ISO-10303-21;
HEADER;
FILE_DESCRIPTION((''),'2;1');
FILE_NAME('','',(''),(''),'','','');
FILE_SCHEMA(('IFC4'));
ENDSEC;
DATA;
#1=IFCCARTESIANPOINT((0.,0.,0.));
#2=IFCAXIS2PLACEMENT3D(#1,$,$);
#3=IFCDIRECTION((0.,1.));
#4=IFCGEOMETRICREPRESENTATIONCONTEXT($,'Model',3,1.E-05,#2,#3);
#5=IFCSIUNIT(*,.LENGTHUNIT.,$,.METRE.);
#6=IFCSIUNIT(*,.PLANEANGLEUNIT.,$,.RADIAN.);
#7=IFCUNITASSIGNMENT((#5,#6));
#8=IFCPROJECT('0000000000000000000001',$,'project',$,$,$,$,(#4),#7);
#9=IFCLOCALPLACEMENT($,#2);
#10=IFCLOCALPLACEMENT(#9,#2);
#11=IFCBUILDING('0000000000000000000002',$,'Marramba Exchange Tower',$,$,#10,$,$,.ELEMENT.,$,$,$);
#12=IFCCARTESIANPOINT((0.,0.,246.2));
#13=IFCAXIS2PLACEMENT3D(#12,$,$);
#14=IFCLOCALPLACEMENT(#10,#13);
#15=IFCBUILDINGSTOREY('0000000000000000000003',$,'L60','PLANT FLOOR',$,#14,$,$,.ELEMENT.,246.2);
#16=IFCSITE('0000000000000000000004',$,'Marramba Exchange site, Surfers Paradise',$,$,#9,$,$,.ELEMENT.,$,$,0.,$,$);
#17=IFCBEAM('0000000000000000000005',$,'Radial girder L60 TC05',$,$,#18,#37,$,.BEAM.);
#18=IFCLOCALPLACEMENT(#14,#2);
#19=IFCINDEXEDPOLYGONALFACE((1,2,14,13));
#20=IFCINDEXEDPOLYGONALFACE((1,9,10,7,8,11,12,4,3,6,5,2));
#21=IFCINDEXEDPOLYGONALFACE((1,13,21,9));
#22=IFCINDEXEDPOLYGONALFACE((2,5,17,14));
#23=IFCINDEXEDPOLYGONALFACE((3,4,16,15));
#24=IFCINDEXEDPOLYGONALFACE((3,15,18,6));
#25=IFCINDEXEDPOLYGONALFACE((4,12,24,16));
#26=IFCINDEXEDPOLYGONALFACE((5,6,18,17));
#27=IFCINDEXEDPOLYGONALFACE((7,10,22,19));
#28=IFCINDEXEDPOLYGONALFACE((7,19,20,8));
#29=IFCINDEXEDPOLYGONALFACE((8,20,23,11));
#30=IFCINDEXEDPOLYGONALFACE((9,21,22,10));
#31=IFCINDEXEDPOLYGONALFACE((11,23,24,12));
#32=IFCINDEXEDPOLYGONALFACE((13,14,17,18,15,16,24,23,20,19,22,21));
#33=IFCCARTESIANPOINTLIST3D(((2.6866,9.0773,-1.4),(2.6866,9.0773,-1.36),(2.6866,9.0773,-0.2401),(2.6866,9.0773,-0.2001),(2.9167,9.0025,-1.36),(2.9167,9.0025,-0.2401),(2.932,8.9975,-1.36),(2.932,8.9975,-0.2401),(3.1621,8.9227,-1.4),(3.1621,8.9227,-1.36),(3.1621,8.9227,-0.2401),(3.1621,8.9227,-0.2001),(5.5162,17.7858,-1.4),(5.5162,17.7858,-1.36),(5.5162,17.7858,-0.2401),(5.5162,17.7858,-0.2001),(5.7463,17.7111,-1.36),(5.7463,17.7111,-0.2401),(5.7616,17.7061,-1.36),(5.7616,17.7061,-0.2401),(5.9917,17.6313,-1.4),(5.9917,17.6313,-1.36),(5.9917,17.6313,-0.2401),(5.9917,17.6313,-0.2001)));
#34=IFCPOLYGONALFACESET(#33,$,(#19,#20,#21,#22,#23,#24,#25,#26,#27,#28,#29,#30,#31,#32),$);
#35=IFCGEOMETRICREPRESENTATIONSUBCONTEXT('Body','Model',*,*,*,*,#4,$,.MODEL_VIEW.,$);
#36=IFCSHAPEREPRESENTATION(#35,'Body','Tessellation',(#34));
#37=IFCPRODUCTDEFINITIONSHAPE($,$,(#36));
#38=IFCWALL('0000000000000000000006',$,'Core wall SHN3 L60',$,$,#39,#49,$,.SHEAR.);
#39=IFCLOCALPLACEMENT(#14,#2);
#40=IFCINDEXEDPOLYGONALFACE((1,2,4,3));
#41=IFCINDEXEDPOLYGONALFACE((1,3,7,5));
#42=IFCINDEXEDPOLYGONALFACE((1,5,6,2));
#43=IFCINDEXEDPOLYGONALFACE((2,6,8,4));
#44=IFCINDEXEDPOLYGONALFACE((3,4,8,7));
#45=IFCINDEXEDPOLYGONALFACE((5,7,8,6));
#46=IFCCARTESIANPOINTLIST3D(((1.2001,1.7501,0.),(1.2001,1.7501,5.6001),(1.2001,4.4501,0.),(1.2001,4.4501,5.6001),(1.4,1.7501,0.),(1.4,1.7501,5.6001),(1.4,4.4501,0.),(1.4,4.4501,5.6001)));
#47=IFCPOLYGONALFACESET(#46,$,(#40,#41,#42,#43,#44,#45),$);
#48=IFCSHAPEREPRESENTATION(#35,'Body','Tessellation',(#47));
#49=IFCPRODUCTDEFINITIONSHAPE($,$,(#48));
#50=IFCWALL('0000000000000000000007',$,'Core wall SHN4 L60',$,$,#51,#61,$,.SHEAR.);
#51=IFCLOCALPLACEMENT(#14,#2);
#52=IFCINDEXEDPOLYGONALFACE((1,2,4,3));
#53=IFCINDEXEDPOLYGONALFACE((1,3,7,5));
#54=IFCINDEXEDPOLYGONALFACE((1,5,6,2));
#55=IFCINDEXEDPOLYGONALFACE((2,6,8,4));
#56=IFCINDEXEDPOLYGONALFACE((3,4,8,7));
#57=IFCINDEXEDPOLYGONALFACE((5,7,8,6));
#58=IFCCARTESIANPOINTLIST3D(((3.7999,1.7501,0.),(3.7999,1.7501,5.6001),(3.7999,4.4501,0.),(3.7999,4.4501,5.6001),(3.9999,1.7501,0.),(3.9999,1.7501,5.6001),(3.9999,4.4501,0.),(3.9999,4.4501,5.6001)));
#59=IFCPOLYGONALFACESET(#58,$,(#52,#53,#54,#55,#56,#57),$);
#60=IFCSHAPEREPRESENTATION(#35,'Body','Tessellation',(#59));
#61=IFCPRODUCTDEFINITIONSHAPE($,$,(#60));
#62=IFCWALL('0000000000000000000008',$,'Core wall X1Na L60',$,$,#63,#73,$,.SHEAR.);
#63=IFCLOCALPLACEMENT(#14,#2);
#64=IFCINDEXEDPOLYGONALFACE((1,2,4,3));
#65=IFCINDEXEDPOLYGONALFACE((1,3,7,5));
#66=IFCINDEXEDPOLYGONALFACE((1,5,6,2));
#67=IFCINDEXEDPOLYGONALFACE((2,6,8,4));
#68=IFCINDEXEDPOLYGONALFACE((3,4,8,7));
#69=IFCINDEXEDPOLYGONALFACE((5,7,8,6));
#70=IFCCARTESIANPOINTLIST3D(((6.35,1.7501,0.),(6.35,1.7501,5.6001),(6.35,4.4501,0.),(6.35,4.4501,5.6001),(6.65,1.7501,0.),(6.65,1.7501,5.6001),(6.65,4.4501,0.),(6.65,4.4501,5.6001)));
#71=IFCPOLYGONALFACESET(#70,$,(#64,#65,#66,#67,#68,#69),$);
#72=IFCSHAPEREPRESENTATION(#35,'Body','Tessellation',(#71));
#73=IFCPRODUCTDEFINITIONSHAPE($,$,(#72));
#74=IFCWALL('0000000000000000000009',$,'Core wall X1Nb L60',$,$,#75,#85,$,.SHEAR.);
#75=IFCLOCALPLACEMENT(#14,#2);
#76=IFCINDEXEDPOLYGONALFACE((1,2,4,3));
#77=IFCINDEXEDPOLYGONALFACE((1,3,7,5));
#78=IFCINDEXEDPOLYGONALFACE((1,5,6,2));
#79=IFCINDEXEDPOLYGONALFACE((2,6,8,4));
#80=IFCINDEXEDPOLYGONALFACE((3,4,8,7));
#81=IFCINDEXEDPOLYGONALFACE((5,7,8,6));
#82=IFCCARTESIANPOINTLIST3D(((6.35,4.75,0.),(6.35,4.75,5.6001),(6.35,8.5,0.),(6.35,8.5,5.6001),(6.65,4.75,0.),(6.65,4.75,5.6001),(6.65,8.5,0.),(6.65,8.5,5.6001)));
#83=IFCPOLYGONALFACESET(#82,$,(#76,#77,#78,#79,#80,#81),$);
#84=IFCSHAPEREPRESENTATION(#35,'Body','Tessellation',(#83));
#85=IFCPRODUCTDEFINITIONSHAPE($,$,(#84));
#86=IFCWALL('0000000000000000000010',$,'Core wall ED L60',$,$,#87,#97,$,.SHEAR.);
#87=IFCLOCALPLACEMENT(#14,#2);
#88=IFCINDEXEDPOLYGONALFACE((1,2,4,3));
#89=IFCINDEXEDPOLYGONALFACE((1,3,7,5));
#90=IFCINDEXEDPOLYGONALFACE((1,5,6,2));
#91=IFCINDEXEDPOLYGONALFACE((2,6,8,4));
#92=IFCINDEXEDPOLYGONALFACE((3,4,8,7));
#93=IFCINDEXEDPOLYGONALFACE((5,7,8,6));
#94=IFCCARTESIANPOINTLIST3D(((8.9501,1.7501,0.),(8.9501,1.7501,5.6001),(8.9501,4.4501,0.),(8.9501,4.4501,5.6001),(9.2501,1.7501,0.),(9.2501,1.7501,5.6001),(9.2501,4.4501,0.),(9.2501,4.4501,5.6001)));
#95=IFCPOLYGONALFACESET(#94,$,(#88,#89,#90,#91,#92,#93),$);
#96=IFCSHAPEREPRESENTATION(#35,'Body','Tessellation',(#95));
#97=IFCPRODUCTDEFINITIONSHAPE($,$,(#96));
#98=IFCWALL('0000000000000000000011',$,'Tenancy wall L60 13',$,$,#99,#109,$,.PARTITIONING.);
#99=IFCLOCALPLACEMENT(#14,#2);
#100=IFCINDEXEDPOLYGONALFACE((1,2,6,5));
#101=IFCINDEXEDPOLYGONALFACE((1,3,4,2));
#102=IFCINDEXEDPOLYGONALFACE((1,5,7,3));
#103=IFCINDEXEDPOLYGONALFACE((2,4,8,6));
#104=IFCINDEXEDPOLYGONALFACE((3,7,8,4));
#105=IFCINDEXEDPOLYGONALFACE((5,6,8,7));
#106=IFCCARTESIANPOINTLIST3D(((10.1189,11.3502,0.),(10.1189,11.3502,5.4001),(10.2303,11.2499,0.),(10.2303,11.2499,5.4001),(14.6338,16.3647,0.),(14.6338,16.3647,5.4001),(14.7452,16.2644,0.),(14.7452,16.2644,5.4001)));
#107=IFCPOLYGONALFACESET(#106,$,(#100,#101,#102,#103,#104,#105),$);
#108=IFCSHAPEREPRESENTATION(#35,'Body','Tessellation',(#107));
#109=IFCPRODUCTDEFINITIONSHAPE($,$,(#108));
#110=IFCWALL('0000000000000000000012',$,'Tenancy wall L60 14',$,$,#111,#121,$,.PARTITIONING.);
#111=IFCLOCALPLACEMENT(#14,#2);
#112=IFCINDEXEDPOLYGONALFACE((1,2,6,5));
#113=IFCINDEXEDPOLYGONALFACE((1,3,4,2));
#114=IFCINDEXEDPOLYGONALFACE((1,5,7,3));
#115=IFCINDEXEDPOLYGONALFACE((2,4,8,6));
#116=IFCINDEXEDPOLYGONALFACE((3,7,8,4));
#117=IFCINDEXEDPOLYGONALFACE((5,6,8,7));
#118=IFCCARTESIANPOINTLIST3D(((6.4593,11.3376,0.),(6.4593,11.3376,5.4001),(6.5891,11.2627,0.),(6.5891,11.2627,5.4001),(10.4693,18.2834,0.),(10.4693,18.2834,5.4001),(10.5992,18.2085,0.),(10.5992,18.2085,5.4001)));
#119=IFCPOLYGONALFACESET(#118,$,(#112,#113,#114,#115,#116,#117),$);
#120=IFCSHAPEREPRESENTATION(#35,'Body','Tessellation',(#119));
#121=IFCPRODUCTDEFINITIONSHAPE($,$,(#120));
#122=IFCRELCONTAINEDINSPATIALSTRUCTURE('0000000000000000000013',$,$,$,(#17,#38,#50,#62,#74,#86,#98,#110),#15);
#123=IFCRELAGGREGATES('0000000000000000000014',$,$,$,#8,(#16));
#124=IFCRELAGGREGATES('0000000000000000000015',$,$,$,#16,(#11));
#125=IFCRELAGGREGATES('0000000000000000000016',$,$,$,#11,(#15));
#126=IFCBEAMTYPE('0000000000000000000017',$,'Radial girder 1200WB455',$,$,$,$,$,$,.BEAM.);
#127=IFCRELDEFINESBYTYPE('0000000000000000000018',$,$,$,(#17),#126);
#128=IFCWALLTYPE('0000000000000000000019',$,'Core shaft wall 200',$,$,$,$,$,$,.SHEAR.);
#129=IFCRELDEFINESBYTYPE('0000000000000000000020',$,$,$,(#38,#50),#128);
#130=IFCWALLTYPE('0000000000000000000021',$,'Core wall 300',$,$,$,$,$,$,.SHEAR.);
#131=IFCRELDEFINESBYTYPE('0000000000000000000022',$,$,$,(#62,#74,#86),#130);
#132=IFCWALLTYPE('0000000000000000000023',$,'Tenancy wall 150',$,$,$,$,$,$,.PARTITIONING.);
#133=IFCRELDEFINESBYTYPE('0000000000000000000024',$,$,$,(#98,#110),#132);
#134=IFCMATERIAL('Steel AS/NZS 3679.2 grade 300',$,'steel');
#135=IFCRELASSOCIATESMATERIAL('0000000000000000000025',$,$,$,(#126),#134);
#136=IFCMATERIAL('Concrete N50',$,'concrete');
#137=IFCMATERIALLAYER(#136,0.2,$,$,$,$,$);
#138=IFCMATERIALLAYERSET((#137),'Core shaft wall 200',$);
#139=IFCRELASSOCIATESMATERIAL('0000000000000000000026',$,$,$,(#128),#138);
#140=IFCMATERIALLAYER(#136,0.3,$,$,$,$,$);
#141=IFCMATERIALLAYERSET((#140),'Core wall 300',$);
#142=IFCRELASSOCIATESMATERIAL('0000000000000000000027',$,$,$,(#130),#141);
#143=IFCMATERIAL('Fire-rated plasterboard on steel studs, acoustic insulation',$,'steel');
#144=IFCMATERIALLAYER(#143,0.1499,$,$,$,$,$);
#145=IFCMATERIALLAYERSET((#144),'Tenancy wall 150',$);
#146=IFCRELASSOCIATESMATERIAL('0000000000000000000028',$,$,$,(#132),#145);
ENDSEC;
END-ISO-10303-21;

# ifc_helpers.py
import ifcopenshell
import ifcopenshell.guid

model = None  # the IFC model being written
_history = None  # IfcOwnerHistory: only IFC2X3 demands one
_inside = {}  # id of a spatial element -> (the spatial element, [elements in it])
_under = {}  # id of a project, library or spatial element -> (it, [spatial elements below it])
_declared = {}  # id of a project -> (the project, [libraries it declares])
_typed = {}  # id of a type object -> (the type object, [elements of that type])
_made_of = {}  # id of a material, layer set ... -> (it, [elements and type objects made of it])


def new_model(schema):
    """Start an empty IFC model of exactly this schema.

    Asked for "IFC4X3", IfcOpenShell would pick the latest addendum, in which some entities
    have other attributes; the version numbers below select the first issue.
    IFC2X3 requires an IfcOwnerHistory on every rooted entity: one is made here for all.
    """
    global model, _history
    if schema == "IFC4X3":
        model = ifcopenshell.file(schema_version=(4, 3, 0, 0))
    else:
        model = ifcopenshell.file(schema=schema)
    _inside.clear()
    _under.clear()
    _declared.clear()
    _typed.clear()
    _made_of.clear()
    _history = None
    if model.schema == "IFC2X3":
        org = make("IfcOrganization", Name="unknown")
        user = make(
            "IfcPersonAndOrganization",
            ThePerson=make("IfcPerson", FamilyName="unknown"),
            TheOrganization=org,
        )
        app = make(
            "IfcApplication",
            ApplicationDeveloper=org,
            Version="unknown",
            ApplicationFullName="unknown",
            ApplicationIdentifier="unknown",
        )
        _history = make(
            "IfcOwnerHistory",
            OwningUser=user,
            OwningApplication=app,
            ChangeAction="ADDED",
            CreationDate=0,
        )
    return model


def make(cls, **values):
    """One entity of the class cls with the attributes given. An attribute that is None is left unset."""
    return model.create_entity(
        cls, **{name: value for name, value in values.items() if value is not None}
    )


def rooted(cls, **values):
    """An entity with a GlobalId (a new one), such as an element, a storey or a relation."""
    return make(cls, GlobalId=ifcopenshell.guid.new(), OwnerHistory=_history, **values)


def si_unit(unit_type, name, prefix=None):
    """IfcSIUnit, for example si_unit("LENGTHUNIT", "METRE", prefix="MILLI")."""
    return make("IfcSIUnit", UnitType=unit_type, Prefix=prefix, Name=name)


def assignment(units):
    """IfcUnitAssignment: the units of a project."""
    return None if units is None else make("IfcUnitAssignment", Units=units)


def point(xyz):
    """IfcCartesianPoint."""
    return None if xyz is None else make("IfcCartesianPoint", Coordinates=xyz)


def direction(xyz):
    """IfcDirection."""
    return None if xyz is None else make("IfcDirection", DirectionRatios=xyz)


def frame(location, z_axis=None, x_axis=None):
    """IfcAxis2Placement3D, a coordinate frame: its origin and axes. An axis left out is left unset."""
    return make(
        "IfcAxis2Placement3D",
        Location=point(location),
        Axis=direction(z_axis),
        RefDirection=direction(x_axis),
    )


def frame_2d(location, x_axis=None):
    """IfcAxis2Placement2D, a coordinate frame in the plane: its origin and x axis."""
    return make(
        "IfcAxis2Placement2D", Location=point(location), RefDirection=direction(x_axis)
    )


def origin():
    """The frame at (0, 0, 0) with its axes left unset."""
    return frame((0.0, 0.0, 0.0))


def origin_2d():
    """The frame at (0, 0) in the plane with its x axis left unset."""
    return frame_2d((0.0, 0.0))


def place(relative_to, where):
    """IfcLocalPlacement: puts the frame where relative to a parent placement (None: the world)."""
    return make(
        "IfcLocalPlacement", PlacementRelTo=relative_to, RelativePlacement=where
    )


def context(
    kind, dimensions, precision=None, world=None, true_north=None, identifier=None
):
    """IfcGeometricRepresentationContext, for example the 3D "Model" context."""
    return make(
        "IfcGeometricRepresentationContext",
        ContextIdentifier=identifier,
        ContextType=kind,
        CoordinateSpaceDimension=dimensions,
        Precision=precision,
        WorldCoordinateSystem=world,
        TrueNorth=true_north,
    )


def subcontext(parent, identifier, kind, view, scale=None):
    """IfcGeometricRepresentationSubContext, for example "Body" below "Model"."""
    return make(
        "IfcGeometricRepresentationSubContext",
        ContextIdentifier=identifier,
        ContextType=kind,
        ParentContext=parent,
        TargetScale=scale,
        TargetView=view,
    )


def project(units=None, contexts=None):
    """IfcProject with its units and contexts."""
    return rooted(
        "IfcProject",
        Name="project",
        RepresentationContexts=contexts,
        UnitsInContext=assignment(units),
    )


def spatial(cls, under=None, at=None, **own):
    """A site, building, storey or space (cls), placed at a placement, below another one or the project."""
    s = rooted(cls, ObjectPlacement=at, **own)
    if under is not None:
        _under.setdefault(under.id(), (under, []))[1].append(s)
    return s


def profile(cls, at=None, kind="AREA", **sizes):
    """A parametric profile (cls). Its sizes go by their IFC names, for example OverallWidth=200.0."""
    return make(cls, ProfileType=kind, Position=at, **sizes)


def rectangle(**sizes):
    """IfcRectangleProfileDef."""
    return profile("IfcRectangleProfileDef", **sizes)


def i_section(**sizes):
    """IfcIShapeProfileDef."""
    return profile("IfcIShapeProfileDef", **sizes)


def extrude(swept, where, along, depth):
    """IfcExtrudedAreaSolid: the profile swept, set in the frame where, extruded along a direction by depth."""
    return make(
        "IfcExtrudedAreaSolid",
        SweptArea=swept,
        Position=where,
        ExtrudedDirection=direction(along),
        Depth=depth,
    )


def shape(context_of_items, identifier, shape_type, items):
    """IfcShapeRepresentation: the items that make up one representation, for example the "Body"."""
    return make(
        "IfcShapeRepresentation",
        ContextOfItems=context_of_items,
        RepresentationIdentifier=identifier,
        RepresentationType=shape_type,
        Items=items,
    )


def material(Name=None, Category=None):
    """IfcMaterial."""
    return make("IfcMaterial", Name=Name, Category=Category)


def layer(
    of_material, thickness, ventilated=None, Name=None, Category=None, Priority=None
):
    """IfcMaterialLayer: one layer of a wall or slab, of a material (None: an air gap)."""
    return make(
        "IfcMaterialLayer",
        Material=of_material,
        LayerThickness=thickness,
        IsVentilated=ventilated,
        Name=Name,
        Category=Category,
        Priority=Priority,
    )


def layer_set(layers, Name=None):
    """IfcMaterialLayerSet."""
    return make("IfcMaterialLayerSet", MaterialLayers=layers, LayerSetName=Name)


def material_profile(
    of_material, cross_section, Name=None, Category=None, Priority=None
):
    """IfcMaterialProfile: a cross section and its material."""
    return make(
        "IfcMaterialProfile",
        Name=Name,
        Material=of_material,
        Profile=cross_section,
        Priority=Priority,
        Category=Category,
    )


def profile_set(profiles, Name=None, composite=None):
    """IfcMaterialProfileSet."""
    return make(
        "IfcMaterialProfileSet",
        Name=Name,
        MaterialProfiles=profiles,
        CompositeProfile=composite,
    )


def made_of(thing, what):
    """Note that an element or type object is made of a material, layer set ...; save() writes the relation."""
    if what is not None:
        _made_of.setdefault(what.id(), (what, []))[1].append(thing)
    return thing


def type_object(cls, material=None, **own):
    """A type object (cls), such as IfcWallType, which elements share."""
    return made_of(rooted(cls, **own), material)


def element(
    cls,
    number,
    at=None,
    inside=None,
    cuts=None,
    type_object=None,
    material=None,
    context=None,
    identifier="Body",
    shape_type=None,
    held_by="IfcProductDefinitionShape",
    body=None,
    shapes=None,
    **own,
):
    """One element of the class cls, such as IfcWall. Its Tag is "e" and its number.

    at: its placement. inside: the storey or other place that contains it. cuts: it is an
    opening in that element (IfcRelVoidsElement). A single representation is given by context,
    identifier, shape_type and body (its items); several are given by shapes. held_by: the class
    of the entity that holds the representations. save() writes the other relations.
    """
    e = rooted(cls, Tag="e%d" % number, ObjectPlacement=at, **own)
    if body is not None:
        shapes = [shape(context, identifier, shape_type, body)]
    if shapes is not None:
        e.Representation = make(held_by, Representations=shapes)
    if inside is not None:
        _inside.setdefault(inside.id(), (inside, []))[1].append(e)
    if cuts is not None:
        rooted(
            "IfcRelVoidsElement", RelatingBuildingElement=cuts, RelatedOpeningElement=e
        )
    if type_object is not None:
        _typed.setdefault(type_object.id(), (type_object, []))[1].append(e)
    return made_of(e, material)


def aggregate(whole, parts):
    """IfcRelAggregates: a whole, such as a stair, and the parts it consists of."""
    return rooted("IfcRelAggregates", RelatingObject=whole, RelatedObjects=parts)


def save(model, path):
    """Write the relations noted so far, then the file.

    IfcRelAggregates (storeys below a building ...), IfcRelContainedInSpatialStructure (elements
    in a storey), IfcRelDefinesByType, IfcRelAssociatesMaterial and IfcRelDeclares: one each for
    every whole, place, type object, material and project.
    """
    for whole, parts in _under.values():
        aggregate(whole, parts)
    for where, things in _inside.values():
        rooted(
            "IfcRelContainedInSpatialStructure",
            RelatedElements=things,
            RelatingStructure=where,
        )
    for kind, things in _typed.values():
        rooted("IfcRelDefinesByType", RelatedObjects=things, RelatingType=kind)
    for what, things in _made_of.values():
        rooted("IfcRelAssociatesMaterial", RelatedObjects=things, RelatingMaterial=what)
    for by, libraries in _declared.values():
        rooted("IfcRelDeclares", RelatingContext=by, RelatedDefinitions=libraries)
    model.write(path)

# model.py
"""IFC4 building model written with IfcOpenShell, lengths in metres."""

from ifc_helpers import new_model, si_unit, direction, frame, frame_2d, origin, origin_2d, place, context, subcontext, project, spatial, rectangle, i_section, extrude, material, layer, layer_set, material_profile, profile_set, type_object, element, save


model = new_model("IFC4")

# Units and contexts
model_context = context("Model", 3, precision=1e-05, world=origin(), true_north=direction((0.0, 1.0)))
body_context = subcontext(model_context, "Body", "Model", "MODEL_VIEW")
ifc_project = project(units=[si_unit("LENGTHUNIT", "METRE"), si_unit("PLANEANGLEUNIT", "RADIAN")], contexts=[model_context])

# Site, building, storey
site_placement = place(None, origin())
site = spatial("IfcSite", under=ifc_project, at=site_placement, Name="Marramba Exchange site, Surfers Paradise", CompositionType="ELEMENT", RefElevation=0.0)
building_placement = place(site_placement, origin())
building = spatial("IfcBuilding", under=site, at=building_placement, Name="Marramba Exchange Tower", CompositionType="ELEMENT")
storey_placement = place(building_placement, frame((0.0, 0.0, 246.2)))
storey = spatial("IfcBuildingStorey", under=building, at=storey_placement, Name="L60", Description="PLANT FLOOR", CompositionType="ELEMENT", Elevation=246.2)

# Shared definitions
ifc_material_1 = material(Name="Concrete N50", Category="concrete")

# Shared definitions
ifc_material_2 = material(Name="Steel AS/NZS 3679.2 grade 300", Category="steel")

# Beam
ifc_material_profile_1 = material_profile(ifc_material_2, i_section(OverallWidth=0.5, OverallDepth=1.2, WebThickness=0.0161, FlangeThickness=0.04, at=origin_2d()), Name="1200WB455")
ifc_profile_set_1 = profile_set([ifc_material_profile_1], Name="Steel AS/NZS 3679.2 grade 300")
beam_type_1 = type_object("IfcBeamType", Name="Radial girder 1200WB455", PredefinedType="BEAM", material=ifc_profile_set_1)
beam_1_placement = place(storey_placement, frame((2.9243, 9.0, -0.8), z_axis=(0.30902, 0.951056, 0.0), x_axis=(-0.951056, 0.30902, 0.0)))
element("IfcBeam", 1, at=beam_1_placement, inside=storey, type_object=beam_type_1, Name="Radial girder L60 TC05", PredefinedType="BEAM", context=body_context, shape_type="SweptSolid", body=[
    extrude(i_section(OverallWidth=0.5, OverallDepth=1.2, WebThickness=0.0161, FlangeThickness=0.04, at=origin_2d()), origin(), (0.0, 0.0, 1.0), 9.1567),
])

# Walls
ifc_layer_1 = layer(ifc_material_1, 0.2)
ifc_layer_set_1 = layer_set([ifc_layer_1], Name="Core shaft wall 200")
wall_type_1 = type_object("IfcWallType", Name="Core shaft wall 200", PredefinedType="SHEAR", material=ifc_layer_set_1)
for number, where, z_axis, x_axis, name in (
    (2, (1.3, 1.75, 0.0), (0.0, 0.0, 1.0), (0.0, 1.0, 0.0), "Core wall SHN3 L60"),
    (3, (3.8999, 1.75, 0.0), (0.0, 0.0, 1.0), (0.0, 1.0, 0.0), "Core wall SHN4 L60"),
):
    element("IfcWall", number, at=place(storey_placement, frame(where, z_axis=z_axis, x_axis=x_axis)), inside=storey, type_object=wall_type_1, Name=name, PredefinedType="SHEAR", context=body_context, shape_type="SweptSolid", body=[
        extrude(rectangle(XDim=2.7, YDim=0.2, at=frame_2d((1.3501, 0.0))), origin(), (0.0, 0.0, 1.0), 5.6001),
    ])

# Walls
ifc_layer_2 = layer(ifc_material_1, 0.3)
ifc_layer_set_2 = layer_set([ifc_layer_2], Name="Core wall 300")
wall_type_2 = type_object("IfcWallType", Name="Core wall 300", PredefinedType="SHEAR", material=ifc_layer_set_2)
wall_1_placement = place(storey_placement, frame((6.5, 1.75, 0.0), z_axis=(0.0, 0.0, 1.0), x_axis=(0.0, 1.0, 0.0)))
element("IfcWall", 4, at=wall_1_placement, inside=storey, type_object=wall_type_2, Name="Core wall X1Na L60", PredefinedType="SHEAR", context=body_context, shape_type="SweptSolid", body=[
    extrude(rectangle(XDim=2.7, YDim=0.3, at=frame_2d((1.3501, 0.0))), origin(), (0.0, 0.0, 1.0), 5.6001),
])
wall_2_placement = place(storey_placement, frame((6.5, 4.75, 0.0), z_axis=(0.0, 0.0, 1.0), x_axis=(0.0, 1.0, 0.0)))
element("IfcWall", 5, at=wall_2_placement, inside=storey, type_object=wall_type_2, Name="Core wall X1Nb L60", PredefinedType="SHEAR", context=body_context, shape_type="SweptSolid", body=[
    extrude(rectangle(XDim=3.75, YDim=0.3, at=frame_2d((1.875, 0.0))), origin(), (0.0, 0.0, 1.0), 5.6001),
])
wall_3_placement = place(storey_placement, frame((9.1001, 1.75, 0.0), z_axis=(0.0, 0.0, 1.0), x_axis=(0.0, 1.0, 0.0)))
element("IfcWall", 6, at=wall_3_placement, inside=storey, type_object=wall_type_2, Name="Core wall ED L60", PredefinedType="SHEAR", context=body_context, shape_type="SweptSolid", body=[
    extrude(rectangle(XDim=2.7, YDim=0.3, at=frame_2d((1.3501, 0.0))), origin(), (0.0, 0.0, 1.0), 5.6001),
])
ifc_material_3 = material(Name="Fire-rated plasterboard on steel studs, acoustic insulation", Category="steel")
ifc_layer_3 = layer(ifc_material_3, 0.1499)
ifc_layer_set_3 = layer_set([ifc_layer_3], Name="Tenancy wall 150")
wall_type_3 = type_object("IfcWallType", Name="Tenancy wall 150", PredefinedType="PARTITIONING", material=ifc_layer_set_3)
wall_4_placement = place(storey_placement, frame((10.1746, 11.3, 0.0), z_axis=(0.0, 0.0, 1.0), x_axis=(0.669123, 0.743152, 0.0)))
element("IfcWall", 7, at=wall_4_placement, inside=storey, type_object=wall_type_3, Name="Tenancy wall L60 13", PredefinedType="PARTITIONING", context=body_context, shape_type="SweptSolid", body=[
    extrude(rectangle(XDim=6.7476, YDim=0.1499, at=frame_2d((3.3738, 0.0))), origin(), (0.0, 0.0, 1.0), 5.4001),
])
wall_5_placement = place(storey_placement, frame((6.5242, 11.3, 0.0), z_axis=(0.0, 0.0, 1.0), x_axis=(0.499986, 0.866034, 0.0)))
element("IfcWall", 8, at=wall_5_placement, inside=storey, type_object=wall_type_3, Name="Tenancy wall L60 14", PredefinedType="PARTITIONING", context=body_context, shape_type="SweptSolid", body=[
    extrude(rectangle(XDim=8.0203, YDim=0.1499, at=frame_2d((4.0103, 0.0))), origin(), (0.0, 0.0, 1.0), 5.4001),
])

save(model, "model.ifc")
